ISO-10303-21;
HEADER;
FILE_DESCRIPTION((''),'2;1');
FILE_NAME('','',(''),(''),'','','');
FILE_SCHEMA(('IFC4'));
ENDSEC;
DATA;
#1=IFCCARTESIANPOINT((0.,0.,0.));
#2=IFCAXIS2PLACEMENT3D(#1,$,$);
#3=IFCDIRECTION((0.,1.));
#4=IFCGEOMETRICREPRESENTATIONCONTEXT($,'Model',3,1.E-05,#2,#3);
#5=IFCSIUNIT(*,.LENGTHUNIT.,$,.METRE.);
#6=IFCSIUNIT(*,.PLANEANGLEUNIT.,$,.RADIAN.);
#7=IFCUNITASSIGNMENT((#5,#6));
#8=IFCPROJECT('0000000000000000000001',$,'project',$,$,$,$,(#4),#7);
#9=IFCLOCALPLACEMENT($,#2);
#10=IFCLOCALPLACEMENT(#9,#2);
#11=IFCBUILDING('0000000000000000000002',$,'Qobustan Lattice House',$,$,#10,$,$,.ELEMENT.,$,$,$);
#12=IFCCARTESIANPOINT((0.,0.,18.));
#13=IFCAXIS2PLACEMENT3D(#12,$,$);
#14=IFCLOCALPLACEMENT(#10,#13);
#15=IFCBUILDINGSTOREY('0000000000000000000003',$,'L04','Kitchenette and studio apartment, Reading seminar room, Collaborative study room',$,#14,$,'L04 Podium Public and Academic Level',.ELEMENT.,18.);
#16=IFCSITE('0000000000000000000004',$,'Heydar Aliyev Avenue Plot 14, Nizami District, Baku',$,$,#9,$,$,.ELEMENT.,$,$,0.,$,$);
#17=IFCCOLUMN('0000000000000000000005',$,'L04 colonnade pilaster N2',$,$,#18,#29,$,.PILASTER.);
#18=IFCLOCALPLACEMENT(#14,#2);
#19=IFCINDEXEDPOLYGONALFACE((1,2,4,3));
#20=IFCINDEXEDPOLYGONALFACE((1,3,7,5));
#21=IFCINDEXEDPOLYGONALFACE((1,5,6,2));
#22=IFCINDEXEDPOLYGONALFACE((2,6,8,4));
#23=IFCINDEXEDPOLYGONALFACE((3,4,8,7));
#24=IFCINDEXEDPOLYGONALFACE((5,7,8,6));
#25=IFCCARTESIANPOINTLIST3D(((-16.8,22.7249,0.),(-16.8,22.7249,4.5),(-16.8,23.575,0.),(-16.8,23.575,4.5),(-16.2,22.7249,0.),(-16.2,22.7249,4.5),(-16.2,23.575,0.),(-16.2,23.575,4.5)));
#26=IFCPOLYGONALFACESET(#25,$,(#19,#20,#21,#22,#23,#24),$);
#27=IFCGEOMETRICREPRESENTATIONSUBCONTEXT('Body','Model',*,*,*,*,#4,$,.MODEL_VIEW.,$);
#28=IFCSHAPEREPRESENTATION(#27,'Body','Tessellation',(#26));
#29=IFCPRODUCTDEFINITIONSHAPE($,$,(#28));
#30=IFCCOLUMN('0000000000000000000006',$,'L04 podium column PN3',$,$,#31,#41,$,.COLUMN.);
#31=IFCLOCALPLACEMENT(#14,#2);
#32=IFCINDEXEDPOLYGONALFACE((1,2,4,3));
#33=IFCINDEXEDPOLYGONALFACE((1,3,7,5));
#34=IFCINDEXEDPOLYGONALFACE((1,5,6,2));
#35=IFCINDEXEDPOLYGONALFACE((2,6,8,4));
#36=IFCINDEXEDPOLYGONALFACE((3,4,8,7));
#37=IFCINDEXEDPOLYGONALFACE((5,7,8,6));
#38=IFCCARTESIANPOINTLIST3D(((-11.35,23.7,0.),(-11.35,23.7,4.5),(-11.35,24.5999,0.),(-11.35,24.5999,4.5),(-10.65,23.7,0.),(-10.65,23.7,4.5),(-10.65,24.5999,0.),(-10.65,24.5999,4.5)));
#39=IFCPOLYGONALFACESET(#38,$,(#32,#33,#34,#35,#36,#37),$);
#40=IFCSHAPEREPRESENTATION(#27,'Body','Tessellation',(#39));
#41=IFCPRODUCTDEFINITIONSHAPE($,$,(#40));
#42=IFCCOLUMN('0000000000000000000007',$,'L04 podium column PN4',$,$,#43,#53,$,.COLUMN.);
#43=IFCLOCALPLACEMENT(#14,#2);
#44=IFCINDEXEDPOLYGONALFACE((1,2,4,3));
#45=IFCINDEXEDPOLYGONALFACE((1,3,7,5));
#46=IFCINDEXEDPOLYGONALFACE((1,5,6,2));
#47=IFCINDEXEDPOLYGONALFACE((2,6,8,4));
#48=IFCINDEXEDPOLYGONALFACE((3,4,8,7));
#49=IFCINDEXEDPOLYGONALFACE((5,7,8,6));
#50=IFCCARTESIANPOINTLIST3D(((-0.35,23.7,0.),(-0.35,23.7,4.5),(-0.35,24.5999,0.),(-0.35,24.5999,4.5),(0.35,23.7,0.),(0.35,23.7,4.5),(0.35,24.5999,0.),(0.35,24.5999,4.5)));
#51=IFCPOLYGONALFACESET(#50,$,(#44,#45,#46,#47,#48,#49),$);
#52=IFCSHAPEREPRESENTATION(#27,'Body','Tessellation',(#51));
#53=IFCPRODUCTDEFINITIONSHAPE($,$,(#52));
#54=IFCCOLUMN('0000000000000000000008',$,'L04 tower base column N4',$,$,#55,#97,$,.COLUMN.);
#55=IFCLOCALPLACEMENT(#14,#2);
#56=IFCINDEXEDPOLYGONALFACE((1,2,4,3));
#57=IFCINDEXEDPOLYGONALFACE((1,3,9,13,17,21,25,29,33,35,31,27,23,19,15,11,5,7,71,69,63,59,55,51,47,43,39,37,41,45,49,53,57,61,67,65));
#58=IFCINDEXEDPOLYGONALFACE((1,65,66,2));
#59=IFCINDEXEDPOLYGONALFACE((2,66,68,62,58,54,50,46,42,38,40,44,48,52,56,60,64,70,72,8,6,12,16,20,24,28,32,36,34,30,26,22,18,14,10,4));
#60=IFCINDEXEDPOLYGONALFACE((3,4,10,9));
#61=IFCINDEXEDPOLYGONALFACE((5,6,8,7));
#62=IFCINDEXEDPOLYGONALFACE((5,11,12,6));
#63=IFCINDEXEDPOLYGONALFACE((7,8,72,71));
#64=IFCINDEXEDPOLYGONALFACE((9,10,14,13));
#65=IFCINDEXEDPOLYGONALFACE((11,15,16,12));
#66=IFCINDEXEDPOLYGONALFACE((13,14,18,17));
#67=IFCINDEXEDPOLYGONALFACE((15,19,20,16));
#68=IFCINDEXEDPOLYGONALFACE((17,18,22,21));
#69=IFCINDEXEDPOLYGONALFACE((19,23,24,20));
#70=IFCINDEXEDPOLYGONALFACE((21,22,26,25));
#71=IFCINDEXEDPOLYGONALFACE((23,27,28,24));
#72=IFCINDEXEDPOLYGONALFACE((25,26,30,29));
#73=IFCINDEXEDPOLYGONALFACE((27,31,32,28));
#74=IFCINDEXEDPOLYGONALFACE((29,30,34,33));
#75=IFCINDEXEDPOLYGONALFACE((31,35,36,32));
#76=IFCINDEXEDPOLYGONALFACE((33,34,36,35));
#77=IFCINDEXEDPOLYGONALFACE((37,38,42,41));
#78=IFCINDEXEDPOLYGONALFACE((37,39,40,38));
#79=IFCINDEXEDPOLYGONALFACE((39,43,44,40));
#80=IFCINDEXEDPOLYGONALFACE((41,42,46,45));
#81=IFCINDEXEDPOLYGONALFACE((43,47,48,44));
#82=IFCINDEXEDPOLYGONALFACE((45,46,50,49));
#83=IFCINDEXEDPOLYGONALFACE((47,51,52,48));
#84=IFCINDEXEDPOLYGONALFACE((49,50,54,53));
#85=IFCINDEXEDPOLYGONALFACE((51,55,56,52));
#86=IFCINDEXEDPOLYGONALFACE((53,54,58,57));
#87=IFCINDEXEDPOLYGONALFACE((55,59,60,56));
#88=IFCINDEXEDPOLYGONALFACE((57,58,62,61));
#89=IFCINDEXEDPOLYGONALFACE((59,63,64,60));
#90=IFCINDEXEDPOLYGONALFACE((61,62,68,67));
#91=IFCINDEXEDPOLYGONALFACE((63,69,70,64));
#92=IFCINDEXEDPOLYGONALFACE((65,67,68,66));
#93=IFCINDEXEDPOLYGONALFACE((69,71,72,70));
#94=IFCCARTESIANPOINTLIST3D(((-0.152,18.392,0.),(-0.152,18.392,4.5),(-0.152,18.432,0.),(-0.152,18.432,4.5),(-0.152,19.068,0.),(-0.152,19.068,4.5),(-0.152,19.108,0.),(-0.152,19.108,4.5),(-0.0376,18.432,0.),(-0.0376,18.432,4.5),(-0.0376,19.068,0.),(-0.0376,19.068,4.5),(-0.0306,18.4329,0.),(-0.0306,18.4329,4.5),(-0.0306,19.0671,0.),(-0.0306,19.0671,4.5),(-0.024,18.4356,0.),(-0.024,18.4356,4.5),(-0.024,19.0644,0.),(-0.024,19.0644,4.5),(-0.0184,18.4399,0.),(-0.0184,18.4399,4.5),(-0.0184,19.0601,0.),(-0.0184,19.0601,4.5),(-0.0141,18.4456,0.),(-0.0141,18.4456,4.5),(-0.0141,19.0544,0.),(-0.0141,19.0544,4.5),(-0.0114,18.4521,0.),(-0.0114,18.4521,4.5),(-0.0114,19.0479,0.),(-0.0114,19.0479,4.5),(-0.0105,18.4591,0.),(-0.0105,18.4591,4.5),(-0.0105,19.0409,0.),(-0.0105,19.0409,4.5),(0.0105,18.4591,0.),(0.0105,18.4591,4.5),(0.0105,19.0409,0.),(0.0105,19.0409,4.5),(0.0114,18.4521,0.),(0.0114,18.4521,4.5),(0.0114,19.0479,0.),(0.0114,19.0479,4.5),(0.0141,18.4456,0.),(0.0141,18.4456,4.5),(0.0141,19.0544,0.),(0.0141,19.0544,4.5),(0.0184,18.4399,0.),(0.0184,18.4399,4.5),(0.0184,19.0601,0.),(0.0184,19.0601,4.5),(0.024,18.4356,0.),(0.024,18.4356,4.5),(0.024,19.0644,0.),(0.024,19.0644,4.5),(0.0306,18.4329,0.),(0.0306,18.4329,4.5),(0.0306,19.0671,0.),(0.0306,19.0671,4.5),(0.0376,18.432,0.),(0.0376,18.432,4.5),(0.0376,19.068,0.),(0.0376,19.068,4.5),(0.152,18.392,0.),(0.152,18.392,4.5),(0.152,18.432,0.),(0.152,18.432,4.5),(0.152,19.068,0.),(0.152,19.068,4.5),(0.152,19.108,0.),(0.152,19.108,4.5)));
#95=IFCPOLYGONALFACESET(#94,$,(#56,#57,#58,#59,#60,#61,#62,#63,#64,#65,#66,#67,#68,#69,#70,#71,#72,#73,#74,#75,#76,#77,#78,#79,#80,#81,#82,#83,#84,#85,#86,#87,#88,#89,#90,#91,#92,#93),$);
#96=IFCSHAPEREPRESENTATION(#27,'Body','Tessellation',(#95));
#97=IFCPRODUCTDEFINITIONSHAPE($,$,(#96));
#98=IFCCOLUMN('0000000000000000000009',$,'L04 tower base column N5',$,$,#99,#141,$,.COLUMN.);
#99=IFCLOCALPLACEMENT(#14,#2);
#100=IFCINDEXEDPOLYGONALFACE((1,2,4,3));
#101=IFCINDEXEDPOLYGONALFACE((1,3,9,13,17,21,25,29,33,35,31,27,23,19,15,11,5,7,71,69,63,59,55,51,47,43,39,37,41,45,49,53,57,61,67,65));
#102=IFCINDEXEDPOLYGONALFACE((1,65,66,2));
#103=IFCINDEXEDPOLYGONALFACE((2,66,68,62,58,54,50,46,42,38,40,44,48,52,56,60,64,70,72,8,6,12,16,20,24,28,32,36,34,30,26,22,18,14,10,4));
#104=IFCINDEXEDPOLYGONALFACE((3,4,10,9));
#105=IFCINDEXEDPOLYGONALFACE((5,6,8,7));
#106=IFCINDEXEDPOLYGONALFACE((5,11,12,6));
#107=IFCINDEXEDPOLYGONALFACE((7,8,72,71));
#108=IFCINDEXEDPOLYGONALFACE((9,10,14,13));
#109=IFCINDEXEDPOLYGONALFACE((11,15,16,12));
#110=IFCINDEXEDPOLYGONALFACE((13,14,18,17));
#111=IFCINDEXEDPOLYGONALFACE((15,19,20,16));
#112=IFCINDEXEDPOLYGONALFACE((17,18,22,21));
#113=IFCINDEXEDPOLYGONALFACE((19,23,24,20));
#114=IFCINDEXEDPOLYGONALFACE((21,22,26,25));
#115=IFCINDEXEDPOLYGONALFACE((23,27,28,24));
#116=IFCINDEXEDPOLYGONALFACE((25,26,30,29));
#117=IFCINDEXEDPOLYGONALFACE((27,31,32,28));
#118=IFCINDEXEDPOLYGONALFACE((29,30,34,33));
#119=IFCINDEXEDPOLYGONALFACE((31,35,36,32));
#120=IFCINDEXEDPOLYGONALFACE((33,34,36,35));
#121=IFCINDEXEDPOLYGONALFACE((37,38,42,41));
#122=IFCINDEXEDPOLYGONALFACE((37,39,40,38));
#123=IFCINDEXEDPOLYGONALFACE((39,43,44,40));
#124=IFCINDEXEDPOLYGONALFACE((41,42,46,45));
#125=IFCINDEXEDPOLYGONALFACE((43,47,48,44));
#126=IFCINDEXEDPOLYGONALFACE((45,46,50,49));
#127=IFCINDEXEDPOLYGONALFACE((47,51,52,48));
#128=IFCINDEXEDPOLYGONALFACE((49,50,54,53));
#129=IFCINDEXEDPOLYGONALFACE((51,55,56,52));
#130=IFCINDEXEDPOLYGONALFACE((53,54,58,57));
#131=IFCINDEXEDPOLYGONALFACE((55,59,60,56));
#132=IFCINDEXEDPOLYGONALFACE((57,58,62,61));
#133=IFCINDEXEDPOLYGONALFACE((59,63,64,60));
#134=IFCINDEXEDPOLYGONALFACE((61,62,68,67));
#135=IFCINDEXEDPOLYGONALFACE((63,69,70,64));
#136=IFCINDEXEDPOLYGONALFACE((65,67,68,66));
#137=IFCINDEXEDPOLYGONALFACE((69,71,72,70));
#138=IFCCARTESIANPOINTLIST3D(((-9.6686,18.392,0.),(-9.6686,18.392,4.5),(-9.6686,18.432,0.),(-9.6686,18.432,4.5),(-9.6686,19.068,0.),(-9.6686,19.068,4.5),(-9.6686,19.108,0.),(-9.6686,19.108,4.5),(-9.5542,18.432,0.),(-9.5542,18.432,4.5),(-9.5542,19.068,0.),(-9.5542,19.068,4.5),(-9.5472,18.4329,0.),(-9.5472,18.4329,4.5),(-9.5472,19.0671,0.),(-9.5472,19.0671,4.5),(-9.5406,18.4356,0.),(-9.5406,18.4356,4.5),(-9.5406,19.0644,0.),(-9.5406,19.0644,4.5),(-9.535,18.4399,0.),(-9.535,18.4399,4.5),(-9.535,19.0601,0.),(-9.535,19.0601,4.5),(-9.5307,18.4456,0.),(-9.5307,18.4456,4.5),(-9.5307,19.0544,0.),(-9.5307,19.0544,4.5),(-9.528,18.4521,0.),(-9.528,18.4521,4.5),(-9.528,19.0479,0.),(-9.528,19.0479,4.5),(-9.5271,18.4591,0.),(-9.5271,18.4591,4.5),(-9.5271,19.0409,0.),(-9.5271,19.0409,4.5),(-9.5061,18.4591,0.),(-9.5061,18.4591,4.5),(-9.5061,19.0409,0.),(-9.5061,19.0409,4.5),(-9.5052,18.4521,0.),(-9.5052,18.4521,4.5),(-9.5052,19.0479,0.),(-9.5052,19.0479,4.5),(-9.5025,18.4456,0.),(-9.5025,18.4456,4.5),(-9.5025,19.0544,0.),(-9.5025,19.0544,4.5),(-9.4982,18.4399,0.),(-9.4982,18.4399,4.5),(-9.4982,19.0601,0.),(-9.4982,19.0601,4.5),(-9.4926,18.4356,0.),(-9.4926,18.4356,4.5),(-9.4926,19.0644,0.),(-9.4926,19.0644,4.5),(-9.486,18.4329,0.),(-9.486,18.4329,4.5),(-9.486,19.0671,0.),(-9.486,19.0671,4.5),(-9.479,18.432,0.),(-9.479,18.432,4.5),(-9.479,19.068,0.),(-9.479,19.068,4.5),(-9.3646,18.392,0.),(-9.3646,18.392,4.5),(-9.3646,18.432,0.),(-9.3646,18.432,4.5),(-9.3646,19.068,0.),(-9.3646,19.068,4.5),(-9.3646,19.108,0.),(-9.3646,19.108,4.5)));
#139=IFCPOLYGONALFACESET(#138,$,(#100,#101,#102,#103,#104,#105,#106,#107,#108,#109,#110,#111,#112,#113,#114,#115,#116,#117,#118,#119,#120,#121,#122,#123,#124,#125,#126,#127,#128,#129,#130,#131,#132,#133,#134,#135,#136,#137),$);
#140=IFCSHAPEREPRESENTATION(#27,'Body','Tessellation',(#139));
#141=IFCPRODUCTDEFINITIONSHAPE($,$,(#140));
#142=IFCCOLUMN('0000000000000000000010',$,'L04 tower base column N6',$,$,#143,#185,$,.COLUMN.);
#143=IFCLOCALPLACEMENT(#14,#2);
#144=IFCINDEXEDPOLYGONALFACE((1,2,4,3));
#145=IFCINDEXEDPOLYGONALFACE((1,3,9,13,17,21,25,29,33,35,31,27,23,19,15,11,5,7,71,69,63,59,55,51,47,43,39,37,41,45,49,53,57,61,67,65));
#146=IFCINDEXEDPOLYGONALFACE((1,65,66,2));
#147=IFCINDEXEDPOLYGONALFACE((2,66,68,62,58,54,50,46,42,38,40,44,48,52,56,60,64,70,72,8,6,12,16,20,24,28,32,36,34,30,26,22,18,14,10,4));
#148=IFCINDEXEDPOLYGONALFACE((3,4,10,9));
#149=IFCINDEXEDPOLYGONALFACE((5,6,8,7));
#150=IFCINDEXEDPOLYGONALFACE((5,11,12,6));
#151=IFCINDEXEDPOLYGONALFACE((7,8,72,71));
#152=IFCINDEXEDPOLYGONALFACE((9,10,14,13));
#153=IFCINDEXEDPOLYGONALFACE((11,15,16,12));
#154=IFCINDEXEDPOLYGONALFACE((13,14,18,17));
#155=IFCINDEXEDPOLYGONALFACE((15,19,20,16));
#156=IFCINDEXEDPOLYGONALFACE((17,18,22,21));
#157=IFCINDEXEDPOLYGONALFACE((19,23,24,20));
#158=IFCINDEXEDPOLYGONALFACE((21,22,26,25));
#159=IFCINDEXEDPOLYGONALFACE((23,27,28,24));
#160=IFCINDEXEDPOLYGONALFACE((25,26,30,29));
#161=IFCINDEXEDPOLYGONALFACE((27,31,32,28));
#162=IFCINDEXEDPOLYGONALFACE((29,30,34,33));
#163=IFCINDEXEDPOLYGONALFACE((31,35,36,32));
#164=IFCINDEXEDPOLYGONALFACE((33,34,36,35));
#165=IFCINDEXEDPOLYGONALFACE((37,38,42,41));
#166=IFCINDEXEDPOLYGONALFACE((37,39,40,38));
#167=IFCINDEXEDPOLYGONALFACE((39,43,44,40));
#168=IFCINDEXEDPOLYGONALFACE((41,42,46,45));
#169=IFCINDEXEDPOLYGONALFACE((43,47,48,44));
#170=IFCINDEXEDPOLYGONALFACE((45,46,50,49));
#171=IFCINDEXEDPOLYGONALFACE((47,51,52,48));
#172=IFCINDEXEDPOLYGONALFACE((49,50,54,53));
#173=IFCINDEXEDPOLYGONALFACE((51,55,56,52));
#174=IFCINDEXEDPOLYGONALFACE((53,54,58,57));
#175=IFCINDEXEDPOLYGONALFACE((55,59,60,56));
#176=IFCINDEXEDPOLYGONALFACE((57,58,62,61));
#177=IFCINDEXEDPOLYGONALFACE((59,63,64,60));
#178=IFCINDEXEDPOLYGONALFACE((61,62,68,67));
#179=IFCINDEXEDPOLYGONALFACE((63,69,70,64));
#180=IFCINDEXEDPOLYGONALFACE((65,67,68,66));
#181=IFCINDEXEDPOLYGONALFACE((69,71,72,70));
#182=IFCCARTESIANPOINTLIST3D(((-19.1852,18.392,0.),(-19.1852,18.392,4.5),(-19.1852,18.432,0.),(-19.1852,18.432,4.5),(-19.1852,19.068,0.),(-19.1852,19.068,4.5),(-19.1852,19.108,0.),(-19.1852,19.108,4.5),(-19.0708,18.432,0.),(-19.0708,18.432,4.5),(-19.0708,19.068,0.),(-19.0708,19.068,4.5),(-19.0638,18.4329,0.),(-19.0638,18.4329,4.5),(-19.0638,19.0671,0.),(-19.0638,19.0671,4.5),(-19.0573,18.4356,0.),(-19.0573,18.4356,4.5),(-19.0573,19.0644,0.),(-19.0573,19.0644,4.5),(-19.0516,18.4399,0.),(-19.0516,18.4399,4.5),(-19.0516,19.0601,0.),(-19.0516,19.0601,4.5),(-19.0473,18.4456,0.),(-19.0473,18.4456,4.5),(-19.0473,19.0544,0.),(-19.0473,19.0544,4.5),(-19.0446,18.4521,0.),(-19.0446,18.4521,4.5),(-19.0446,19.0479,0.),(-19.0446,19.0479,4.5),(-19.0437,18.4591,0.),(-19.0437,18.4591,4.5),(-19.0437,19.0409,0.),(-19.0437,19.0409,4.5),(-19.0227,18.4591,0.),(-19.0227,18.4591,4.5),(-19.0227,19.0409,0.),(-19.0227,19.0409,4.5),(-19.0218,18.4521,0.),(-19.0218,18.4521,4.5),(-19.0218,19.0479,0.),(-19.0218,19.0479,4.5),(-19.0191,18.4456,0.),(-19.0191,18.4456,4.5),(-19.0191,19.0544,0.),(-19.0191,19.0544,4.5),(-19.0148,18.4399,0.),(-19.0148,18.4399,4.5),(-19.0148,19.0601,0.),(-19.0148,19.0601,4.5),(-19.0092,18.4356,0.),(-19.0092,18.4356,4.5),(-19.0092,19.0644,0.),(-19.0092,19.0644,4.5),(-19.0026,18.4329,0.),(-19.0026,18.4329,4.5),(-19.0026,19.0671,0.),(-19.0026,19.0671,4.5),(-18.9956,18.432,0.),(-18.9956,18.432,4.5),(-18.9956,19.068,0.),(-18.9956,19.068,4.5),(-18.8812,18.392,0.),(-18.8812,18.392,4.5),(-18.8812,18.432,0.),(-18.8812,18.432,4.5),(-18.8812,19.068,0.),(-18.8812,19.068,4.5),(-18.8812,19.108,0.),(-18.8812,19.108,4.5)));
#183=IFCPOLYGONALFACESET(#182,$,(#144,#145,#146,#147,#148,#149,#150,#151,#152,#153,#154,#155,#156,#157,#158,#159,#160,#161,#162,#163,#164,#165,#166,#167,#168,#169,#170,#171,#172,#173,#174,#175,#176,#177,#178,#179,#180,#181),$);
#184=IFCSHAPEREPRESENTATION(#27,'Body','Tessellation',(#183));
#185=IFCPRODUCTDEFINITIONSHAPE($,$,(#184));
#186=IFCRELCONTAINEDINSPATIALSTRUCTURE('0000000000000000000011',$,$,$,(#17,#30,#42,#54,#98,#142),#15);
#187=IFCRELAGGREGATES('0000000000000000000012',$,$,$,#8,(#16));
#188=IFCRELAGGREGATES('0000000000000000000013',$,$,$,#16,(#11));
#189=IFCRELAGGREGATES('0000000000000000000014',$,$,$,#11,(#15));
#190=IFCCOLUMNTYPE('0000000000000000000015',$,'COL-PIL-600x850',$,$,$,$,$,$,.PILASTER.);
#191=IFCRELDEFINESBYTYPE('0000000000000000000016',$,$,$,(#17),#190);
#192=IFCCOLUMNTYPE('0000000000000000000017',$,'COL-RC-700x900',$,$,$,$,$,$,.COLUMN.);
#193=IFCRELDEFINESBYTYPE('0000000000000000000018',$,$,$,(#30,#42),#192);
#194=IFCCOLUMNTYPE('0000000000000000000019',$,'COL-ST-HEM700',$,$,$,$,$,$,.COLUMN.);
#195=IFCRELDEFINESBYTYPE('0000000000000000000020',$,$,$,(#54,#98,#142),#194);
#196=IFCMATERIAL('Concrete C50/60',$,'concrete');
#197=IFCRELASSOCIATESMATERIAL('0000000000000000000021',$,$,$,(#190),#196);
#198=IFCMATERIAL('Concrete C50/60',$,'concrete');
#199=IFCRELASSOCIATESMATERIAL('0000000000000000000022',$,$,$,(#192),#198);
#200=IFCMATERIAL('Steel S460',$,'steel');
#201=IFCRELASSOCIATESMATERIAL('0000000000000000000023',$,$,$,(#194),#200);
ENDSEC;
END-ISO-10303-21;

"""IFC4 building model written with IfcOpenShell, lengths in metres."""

from ifc_helpers import new_model, si_unit, direction, frame, origin, origin_2d, place, context, subcontext, project, spatial, rectangle, i_section, extrude, material, material_profile, profile_set, type_object, element, save


model = new_model("IFC4")

# Units and contexts
model_context = context("Model", 3, precision=1e-05, world=origin(), true_north=direction((0.0, 1.0)))
body_context = subcontext(model_context, "Body", "Model", "MODEL_VIEW")
ifc_project = project(units=[si_unit("LENGTHUNIT", "METRE"), si_unit("PLANEANGLEUNIT", "RADIAN")], contexts=[model_context])

# Site, building, storey
site_placement = place(None, origin())
site = spatial("IfcSite", under=ifc_project, at=site_placement, Name="Heydar Aliyev Avenue Plot 14, Nizami District, Baku", CompositionType="ELEMENT", RefElevation=0.0)
building_placement = place(site_placement, origin())
building = spatial("IfcBuilding", under=site, at=building_placement, Name="Qobustan Lattice House", CompositionType="ELEMENT")
storey_placement = place(building_placement, frame((0.0, 0.0, 18.0)))
storey = spatial("IfcBuildingStorey", under=building, at=storey_placement, Name="L04", Description="Kitchenette and studio apartment, Reading seminar room, Collaborative study room", LongName="L04 Podium Public and Academic Level", CompositionType="ELEMENT", Elevation=18.0)

# Columns
ifc_material_1 = material(Name="Concrete C50/60", Category="concrete")
ifc_material_profile_1 = material_profile(ifc_material_1, rectangle(XDim=0.6001, YDim=0.8501, at=origin_2d()), Name="RC600x850")
ifc_profile_set_1 = profile_set([ifc_material_profile_1], Name="Concrete C50/60")
column_type_1 = type_object("IfcColumnType", Name="COL-PIL-600x850", PredefinedType="PILASTER", material=ifc_profile_set_1)
column_placement = place(storey_placement, frame((-16.5, 23.1499, 0.0), z_axis=(0.0, 0.0, 1.0), x_axis=(1.0, 0.0, 0.0)))
element("IfcColumn", 1, at=column_placement, inside=storey, type_object=column_type_1, Name="L04 colonnade pilaster N2", PredefinedType="PILASTER", context=body_context, shape_type="SweptSolid", body=[
    extrude(rectangle(XDim=0.6001, YDim=0.8501, at=origin_2d()), origin(), (0.0, 0.0, 1.0), 4.5),
])
ifc_material_2 = material(Name="Concrete C50/60", Category="concrete")
ifc_material_profile_2 = material_profile(ifc_material_2, rectangle(XDim=0.7, YDim=0.8999, at=origin_2d()), Name="RC700x900")
ifc_profile_set_2 = profile_set([ifc_material_profile_2], Name="Concrete C50/60")
column_type_2 = type_object("IfcColumnType", Name="COL-RC-700x900", PredefinedType="COLUMN", material=ifc_profile_set_2)
for number, where, z_axis, x_axis, name in (
    (2, (-11.0, 24.1499, 0.0), (0.0, 0.0, 1.0), (1.0, 0.0, 0.0), "L04 podium column PN3"),
    (3, (0.0, 24.1499, 0.0), (0.0, 0.0, 1.0), (1.0, 0.0, 0.0), "L04 podium column PN4"),
):
    element("IfcColumn", number, at=place(storey_placement, frame(where, z_axis=z_axis, x_axis=x_axis)), inside=storey, type_object=column_type_2, Name=name, PredefinedType="COLUMN", context=body_context, shape_type="SweptSolid", body=[
        extrude(rectangle(XDim=0.7, YDim=0.8999, at=origin_2d()), origin(), (0.0, 0.0, 1.0), 4.5),
    ])
ifc_material_3 = material(Name="Steel S460", Category="steel")
ifc_material_profile_3 = material_profile(ifc_material_3, i_section(OverallWidth=0.304, OverallDepth=0.7161, WebThickness=0.021, FlangeThickness=0.04, FilletRadius=0.0271, at=origin_2d()), Name="HEM700")
ifc_profile_set_3 = profile_set([ifc_material_profile_3], Name="Steel S460")
column_type_3 = type_object("IfcColumnType", Name="COL-ST-HEM700", PredefinedType="COLUMN", material=ifc_profile_set_3)
for number, where, z_axis, x_axis, name in (
    (4, (0.0, 18.75, 0.0), (0.0, 0.0, 1.0), (1.0, 0.0, 0.0), "L04 tower base column N4"),
    (5, (-9.5166, 18.75, 0.0), (0.0, 0.0, 1.0), (1.0, 0.0, 0.0), "L04 tower base column N5"),
    (6, (-19.0332, 18.75, 0.0), (0.0, 0.0, 1.0), (1.0, 0.0, 0.0), "L04 tower base column N6"),
):
    element("IfcColumn", number, at=place(storey_placement, frame(where, z_axis=z_axis, x_axis=x_axis)), inside=storey, type_object=column_type_3, Name=name, PredefinedType="COLUMN", context=body_context, shape_type="SweptSolid", body=[
        extrude(i_section(OverallWidth=0.304, OverallDepth=0.7161, WebThickness=0.021, FlangeThickness=0.04, FilletRadius=0.0271, at=origin_2d()), origin(), (0.0, 0.0, 1.0), 4.5),
    ])

save(model, "model.ifc")
